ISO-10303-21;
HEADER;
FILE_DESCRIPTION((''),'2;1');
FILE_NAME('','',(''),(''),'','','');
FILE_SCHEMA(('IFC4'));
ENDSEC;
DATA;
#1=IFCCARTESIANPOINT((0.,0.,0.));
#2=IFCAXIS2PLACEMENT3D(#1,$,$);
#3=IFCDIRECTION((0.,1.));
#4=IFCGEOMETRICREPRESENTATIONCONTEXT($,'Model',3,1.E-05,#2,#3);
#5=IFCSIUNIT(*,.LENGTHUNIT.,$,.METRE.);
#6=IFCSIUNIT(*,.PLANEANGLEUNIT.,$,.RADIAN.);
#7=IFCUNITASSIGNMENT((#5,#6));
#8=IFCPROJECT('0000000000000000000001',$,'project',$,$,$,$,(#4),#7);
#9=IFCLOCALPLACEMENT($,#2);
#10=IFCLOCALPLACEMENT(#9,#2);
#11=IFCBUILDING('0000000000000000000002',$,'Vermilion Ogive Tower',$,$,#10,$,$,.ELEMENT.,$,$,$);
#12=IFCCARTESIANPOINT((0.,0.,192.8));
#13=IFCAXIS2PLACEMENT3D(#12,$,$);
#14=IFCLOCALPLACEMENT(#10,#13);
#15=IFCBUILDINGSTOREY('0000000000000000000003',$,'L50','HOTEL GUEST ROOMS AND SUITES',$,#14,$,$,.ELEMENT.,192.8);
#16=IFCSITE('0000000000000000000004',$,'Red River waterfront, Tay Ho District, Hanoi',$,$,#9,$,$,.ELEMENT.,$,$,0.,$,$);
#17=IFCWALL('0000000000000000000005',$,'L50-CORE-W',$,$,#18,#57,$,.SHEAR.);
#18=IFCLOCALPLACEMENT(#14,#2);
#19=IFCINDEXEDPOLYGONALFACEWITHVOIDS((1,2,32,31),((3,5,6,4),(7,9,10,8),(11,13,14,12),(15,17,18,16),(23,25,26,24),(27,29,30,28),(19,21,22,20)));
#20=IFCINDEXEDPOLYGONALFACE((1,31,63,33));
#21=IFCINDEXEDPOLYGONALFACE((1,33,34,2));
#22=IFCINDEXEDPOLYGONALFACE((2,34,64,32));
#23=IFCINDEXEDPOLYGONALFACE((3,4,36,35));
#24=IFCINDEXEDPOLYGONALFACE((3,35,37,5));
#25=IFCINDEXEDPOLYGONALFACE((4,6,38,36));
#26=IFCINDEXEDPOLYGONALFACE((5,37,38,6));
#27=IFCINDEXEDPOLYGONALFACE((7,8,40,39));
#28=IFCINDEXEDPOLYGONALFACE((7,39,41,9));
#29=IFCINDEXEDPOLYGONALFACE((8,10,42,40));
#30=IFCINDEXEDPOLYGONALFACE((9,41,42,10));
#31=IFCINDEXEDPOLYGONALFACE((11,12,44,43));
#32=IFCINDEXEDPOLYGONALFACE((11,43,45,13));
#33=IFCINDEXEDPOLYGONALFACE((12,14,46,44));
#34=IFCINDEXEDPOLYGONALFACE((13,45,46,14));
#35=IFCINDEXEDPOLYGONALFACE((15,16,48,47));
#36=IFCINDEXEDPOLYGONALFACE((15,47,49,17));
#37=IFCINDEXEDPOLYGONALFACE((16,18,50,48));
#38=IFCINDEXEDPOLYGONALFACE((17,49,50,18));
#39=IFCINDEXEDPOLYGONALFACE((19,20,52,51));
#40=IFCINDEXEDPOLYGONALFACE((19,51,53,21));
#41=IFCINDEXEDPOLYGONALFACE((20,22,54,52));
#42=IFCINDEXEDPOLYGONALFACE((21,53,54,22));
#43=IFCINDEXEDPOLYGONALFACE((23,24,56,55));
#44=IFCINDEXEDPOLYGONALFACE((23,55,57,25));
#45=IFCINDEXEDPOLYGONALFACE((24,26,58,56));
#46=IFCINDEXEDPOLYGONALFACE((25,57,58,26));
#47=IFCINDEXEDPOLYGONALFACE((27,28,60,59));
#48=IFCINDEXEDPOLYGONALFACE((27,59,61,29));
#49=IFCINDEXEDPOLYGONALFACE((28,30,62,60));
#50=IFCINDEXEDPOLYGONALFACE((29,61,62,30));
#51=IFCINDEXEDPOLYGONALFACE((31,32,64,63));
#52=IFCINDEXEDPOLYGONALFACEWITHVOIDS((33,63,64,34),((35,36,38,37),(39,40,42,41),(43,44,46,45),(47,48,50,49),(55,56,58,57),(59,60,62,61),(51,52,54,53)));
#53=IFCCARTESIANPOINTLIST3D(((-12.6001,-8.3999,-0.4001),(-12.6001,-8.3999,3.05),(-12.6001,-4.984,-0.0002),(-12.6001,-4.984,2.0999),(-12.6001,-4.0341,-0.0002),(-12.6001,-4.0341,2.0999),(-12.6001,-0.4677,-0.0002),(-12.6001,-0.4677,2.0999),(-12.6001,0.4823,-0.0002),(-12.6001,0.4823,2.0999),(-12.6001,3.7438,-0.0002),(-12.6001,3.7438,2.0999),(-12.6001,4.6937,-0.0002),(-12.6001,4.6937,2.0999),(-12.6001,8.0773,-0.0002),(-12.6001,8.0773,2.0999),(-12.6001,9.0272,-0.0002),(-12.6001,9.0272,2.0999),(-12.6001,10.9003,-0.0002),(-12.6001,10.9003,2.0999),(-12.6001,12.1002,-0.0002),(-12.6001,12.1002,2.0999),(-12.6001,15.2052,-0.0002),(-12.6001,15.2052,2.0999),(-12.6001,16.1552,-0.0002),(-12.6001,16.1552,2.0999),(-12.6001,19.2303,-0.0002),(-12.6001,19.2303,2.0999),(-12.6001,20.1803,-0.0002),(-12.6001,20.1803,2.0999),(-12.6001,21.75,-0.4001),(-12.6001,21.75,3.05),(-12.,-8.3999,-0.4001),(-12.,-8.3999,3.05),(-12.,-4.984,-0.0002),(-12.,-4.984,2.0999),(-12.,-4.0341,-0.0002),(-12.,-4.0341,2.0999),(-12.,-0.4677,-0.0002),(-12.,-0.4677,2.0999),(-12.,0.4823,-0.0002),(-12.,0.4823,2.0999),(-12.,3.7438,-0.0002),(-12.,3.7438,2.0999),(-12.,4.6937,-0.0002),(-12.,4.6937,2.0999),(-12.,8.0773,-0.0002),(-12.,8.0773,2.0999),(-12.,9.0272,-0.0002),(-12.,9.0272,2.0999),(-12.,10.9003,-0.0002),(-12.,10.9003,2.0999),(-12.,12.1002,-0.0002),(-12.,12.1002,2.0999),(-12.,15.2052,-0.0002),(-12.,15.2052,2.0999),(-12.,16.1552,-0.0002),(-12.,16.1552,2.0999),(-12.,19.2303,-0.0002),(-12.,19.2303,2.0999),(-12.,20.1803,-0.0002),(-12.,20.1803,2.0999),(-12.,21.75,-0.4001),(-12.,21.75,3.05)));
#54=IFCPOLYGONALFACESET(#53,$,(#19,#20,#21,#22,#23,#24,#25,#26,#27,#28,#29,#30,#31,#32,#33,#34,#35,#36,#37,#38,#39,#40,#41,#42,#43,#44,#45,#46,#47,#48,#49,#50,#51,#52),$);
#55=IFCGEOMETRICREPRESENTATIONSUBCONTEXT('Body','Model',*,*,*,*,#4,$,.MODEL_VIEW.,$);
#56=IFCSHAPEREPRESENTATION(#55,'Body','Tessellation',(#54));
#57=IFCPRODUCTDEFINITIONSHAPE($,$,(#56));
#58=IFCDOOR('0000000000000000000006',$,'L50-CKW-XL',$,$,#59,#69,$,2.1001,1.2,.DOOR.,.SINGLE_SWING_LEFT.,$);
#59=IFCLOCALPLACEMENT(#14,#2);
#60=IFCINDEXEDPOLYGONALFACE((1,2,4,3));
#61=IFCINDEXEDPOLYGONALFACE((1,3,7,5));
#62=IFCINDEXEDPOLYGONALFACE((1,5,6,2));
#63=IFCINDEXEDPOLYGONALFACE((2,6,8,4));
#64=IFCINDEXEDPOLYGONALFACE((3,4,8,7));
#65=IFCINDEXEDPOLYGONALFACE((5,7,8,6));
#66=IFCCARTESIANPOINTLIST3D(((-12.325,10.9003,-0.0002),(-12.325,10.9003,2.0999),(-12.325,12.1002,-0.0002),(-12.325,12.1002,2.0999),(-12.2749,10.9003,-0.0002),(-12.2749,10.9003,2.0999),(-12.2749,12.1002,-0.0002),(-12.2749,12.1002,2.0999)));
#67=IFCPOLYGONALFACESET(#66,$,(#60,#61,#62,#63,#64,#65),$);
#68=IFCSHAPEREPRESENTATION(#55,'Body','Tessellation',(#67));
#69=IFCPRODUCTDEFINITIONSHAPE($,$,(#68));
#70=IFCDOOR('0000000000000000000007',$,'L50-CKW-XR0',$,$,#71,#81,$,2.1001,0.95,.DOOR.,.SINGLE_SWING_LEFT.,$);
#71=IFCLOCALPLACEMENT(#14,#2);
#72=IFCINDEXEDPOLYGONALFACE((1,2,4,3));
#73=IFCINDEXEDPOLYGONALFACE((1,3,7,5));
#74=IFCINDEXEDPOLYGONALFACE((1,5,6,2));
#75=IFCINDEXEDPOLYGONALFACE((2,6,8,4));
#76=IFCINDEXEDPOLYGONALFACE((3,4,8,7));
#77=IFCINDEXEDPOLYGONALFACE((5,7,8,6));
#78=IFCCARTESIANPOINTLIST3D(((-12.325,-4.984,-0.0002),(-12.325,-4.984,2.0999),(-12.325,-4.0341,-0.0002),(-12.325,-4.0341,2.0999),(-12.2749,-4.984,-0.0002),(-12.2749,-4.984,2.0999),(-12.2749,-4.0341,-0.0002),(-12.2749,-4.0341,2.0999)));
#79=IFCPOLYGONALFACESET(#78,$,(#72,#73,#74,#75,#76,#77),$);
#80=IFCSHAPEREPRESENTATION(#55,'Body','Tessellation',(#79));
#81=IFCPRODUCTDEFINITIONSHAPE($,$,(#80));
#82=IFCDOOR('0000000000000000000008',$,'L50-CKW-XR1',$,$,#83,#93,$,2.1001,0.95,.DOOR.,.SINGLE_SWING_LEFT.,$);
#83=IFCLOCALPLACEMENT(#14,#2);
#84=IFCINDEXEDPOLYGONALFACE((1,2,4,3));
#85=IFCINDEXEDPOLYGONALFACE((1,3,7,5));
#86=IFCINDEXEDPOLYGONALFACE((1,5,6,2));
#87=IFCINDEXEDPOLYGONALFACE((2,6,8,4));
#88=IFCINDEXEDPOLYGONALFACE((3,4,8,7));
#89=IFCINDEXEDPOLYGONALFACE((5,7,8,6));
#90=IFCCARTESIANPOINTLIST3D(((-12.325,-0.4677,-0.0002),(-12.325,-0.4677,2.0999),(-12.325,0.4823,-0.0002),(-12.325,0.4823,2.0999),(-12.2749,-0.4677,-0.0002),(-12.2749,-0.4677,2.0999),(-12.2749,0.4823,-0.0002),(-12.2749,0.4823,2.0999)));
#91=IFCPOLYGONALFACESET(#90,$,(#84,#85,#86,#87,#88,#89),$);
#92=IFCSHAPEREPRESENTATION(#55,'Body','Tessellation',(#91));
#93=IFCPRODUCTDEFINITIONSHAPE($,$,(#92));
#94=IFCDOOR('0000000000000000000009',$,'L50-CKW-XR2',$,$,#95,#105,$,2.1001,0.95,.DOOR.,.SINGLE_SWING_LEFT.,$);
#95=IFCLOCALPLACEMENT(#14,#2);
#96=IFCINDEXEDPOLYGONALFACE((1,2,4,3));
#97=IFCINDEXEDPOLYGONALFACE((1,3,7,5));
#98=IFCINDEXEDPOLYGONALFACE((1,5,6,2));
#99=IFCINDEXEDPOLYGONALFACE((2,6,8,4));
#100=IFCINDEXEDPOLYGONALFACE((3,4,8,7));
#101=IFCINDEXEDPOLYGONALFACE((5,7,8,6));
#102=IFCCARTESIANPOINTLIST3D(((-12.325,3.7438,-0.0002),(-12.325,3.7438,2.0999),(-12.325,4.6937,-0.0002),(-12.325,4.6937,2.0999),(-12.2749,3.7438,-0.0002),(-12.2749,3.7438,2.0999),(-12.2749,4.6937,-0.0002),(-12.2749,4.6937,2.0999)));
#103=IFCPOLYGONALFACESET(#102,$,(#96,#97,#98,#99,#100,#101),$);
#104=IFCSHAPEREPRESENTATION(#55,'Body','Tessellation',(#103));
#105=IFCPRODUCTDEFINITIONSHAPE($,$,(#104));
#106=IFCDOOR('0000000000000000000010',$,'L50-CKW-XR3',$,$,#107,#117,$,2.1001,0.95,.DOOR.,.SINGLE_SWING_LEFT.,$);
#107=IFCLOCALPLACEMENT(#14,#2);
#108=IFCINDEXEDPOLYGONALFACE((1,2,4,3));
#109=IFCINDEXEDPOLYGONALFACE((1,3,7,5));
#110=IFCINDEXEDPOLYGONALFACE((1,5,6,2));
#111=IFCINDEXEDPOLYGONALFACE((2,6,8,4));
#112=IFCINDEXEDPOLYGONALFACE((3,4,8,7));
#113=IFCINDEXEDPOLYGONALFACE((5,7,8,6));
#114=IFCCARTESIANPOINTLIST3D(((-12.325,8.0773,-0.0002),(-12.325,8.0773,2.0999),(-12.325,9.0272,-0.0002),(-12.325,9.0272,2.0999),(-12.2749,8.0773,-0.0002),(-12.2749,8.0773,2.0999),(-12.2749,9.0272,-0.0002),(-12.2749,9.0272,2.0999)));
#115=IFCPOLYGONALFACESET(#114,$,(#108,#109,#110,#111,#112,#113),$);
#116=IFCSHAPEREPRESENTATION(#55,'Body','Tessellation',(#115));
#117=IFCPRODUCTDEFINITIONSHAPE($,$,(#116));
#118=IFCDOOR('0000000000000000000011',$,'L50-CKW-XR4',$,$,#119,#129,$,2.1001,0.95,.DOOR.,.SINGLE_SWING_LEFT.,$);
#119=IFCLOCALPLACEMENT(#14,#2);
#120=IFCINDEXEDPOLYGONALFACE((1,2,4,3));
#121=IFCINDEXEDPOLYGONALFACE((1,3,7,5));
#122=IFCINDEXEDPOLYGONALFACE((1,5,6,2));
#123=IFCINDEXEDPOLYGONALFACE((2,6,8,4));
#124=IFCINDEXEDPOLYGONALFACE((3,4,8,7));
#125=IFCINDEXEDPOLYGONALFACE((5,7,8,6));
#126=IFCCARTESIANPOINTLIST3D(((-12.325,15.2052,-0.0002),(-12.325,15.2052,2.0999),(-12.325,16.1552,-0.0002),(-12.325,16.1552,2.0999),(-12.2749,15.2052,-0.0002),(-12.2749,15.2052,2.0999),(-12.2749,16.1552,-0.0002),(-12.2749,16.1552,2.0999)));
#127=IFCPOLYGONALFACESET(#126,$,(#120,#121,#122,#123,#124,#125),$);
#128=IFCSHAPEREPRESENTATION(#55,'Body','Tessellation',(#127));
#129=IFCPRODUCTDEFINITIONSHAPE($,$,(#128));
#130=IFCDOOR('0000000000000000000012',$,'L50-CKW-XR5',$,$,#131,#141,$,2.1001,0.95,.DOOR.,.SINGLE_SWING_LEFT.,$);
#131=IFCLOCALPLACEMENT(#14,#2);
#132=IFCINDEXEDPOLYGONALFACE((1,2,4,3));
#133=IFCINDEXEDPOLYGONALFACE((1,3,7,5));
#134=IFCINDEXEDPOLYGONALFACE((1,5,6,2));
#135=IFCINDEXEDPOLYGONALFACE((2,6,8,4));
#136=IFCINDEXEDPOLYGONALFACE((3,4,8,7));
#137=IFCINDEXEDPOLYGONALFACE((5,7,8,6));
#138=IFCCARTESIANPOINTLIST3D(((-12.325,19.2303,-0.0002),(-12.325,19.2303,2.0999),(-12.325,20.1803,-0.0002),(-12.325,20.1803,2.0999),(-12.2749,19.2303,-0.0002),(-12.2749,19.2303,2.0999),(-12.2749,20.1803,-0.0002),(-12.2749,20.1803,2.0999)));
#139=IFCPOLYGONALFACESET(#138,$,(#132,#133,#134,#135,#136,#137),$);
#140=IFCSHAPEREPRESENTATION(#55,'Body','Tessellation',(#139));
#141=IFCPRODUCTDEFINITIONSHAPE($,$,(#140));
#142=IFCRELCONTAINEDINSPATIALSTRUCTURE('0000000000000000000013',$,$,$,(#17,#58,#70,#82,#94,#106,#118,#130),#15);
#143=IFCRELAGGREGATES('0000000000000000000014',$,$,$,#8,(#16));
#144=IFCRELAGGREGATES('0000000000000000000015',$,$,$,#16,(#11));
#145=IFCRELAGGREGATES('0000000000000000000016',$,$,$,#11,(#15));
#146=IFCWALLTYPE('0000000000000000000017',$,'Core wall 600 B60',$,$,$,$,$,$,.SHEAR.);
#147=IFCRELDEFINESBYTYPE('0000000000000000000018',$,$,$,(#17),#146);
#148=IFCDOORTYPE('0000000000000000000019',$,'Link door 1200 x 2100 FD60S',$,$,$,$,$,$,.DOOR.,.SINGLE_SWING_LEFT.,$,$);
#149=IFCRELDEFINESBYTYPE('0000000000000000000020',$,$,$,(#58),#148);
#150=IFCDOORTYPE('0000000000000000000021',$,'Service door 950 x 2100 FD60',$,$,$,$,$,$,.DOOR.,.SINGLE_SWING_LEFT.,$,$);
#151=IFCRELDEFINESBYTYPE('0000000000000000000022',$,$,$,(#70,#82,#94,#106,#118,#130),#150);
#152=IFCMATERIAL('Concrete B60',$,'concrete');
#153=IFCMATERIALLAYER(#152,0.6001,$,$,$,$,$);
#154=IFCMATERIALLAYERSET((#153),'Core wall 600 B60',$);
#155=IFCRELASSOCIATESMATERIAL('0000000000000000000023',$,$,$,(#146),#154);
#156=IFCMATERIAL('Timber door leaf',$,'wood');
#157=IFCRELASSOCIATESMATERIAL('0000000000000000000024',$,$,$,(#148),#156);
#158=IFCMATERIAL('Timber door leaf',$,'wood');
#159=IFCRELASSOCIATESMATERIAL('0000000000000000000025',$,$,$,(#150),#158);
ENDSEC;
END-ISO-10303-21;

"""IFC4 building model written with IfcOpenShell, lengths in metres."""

from ifc_helpers import new_model, si_unit, direction, frame, frame_2d, origin, place, context, subcontext, project, spatial, rectangle, extrude, material, layer, layer_set, type_object, element, fill, save


model = new_model("IFC4")

# Units and contexts
model_context = context("Model", 3, precision=1e-05, world=origin(), true_north=direction((0.0, 1.0)))
body_context = subcontext(model_context, "Body", "Model", "MODEL_VIEW")
ifc_project = project(units=[si_unit("LENGTHUNIT", "METRE"), si_unit("PLANEANGLEUNIT", "RADIAN")], contexts=[model_context])

# Site, building, storey
site_placement = place(None, origin())
site = spatial("IfcSite", under=ifc_project, at=site_placement, Name="Red River waterfront, Tay Ho District, Hanoi", CompositionType="ELEMENT", RefElevation=0.0)
building_placement = place(site_placement, origin())
building = spatial("IfcBuilding", under=site, at=building_placement, Name="Vermilion Ogive Tower", CompositionType="ELEMENT")
storey_placement = place(building_placement, frame((0.0, 0.0, 192.8)))
storey = spatial("IfcBuildingStorey", under=building, at=storey_placement, Name="L50", Description="HOTEL GUEST ROOMS AND SUITES", CompositionType="ELEMENT", Elevation=192.8)

# Wall, openings, doors
ifc_material_1 = material(Name="Concrete B60", Category="concrete")
ifc_layer_1 = layer(ifc_material_1, 0.6001)
ifc_layer_set_1 = layer_set([ifc_layer_1], Name="Core wall 600 B60")
wall_type_1 = type_object("IfcWallType", Name="Core wall 600 B60", PredefinedType="SHEAR", material=ifc_layer_set_1)
wall_1_placement = place(storey_placement, frame((-12.3, -8.3999, -0.4001), z_axis=(0.0, 0.0, 1.0), x_axis=(0.0, 1.0, 0.0)))
wall_1 = element("IfcWall", 1, at=wall_1_placement, inside=storey, type_object=wall_type_1, Name="L50-CORE-W", PredefinedType="SHEAR", context=body_context, shape_type="SweptSolid", body=[
    extrude(rectangle(XDim=30.1499, YDim=0.6001, at=frame_2d((15.075, 0.0))), origin(), (0.0, 0.0, 1.0), 3.4502),
])
opening_1_placement = place(wall_1_placement, frame((3.4158, 0.0, 0.3999)))
opening_1 = element("IfcOpeningElement", 2, at=opening_1_placement, cuts=wall_1, PredefinedType="OPENING", context=body_context, shape_type="SweptSolid", body=[
    extrude(rectangle(XDim=0.95, YDim=2.1001, at=frame_2d((0.4751, 1.05))), frame((0.0, 0.3101, 0.0), z_axis=(0.0, -1.0, 0.0), x_axis=(1.0, 0.0, 0.0)), (0.0, 0.0, 1.0), 0.6201),
])
opening_2_placement = place(wall_1_placement, frame((7.9321, 0.0, 0.3999)))
opening_2 = element("IfcOpeningElement", 3, at=opening_2_placement, cuts=wall_1, PredefinedType="OPENING", context=body_context, shape_type="SweptSolid", body=[
    extrude(rectangle(XDim=0.95, YDim=2.1001, at=frame_2d((0.4751, 1.05))), frame((0.0, 0.3101, 0.0), z_axis=(0.0, -1.0, 0.0), x_axis=(1.0, 0.0, 0.0)), (0.0, 0.0, 1.0), 0.6201),
])
opening_3_placement = place(wall_1_placement, frame((12.1436, 0.0, 0.3999)))
opening_3 = element("IfcOpeningElement", 4, at=opening_3_placement, cuts=wall_1, PredefinedType="OPENING", context=body_context, shape_type="SweptSolid", body=[
    extrude(rectangle(XDim=0.95, YDim=2.1001, at=frame_2d((0.4751, 1.05))), frame((0.0, 0.3101, 0.0), z_axis=(0.0, -1.0, 0.0), x_axis=(1.0, 0.0, 0.0)), (0.0, 0.0, 1.0), 0.6201),
])
opening_4_placement = place(wall_1_placement, frame((16.4771, 0.0, 0.3999)))
opening_4 = element("IfcOpeningElement", 5, at=opening_4_placement, cuts=wall_1, PredefinedType="OPENING", context=body_context, shape_type="SweptSolid", body=[
    extrude(rectangle(XDim=0.95, YDim=2.1001, at=frame_2d((0.4751, 1.05))), frame((0.0, 0.3101, 0.0), z_axis=(0.0, -1.0, 0.0), x_axis=(1.0, 0.0, 0.0)), (0.0, 0.0, 1.0), 0.6201),
])
opening_5_placement = place(wall_1_placement, frame((23.605, 0.0, 0.3999)))
opening_5 = element("IfcOpeningElement", 6, at=opening_5_placement, cuts=wall_1, PredefinedType="OPENING", context=body_context, shape_type="SweptSolid", body=[
    extrude(rectangle(XDim=0.95, YDim=2.1001, at=frame_2d((0.4751, 1.05))), frame((0.0, 0.3101, 0.0), z_axis=(0.0, -1.0, 0.0), x_axis=(1.0, 0.0, 0.0)), (0.0, 0.0, 1.0), 0.6201),
])
opening_6_placement = place(wall_1_placement, frame((27.6301, 0.0, 0.3999)))
opening_6 = element("IfcOpeningElement", 7, at=opening_6_placement, cuts=wall_1, PredefinedType="OPENING", context=body_context, shape_type="SweptSolid", body=[
    extrude(rectangle(XDim=0.95, YDim=2.1001, at=frame_2d((0.4751, 1.05))), frame((0.0, 0.3101, 0.0), z_axis=(0.0, -1.0, 0.0), x_axis=(1.0, 0.0, 0.0)), (0.0, 0.0, 1.0), 0.6201),
])
opening_7_placement = place(wall_1_placement, frame((19.3, 0.0, 0.3999)))
opening_7 = element("IfcOpeningElement", 8, at=opening_7_placement, cuts=wall_1, PredefinedType="OPENING", context=body_context, shape_type="SweptSolid", body=[
    extrude(rectangle(XDim=1.2, YDim=2.1001, at=frame_2d((0.6001, 1.05))), frame((0.0, 0.3101, 0.0), z_axis=(0.0, -1.0, 0.0), x_axis=(1.0, 0.0, 0.0)), (0.0, 0.0, 1.0), 0.6201),
])
ifc_material_2 = material(Name="Timber door leaf", Category="wood")
door_type_1 = type_object("IfcDoorType", Name="Link door 1200 x 2100 FD60S", OperationType="SINGLE_SWING_LEFT", PredefinedType="DOOR", material=ifc_material_2)
door_1_placement = place(opening_7_placement, origin())
door_1 = element("IfcDoor", 9, at=door_1_placement, inside=storey, type_object=door_type_1, Name="L50-CKW-XL", OperationType="SINGLE_SWING_LEFT", OverallHeight=2.1001, OverallWidth=1.2, PredefinedType="DOOR", context=body_context, shape_type="SweptSolid", body=[
    extrude(rectangle(XDim=1.2, YDim=2.1001, at=frame_2d((0.6001, 1.05))), frame((0.0, 0.0249, 0.0), z_axis=(0.0, -1.0, 0.0), x_axis=(1.0, 0.0, 0.0)), (0.0, 0.0, 1.0), 0.05),
])
fill(opening_7, door_1)
ifc_material_3 = material(Name="Timber door leaf", Category="wood")
door_type_2 = type_object("IfcDoorType", Name="Service door 950 x 2100 FD60", OperationType="SINGLE_SWING_LEFT", PredefinedType="DOOR", material=ifc_material_3)
door_2_placement = place(opening_1_placement, origin())
door_2 = element("IfcDoor", 10, at=door_2_placement, inside=storey, type_object=door_type_2, Name="L50-CKW-XR0", OperationType="SINGLE_SWING_LEFT", OverallHeight=2.1001, OverallWidth=0.95, PredefinedType="DOOR", context=body_context, shape_type="SweptSolid", body=[
    extrude(rectangle(XDim=0.95, YDim=2.1001, at=frame_2d((0.4751, 1.05))), frame((0.0, 0.0249, 0.0), z_axis=(0.0, -1.0, 0.0), x_axis=(1.0, 0.0, 0.0)), (0.0, 0.0, 1.0), 0.05),
])
fill(opening_1, door_2)
door_3_placement = place(opening_2_placement, origin())
door_3 = element("IfcDoor", 11, at=door_3_placement, inside=storey, type_object=door_type_2, Name="L50-CKW-XR1", OperationType="SINGLE_SWING_LEFT", OverallHeight=2.1001, OverallWidth=0.95, PredefinedType="DOOR", context=body_context, shape_type="SweptSolid", body=[
    extrude(rectangle(XDim=0.95, YDim=2.1001, at=frame_2d((0.4751, 1.05))), frame((0.0, 0.0249, 0.0), z_axis=(0.0, -1.0, 0.0), x_axis=(1.0, 0.0, 0.0)), (0.0, 0.0, 1.0), 0.05),
])
fill(opening_2, door_3)
door_4_placement = place(opening_3_placement, origin())
door_4 = element("IfcDoor", 12, at=door_4_placement, inside=storey, type_object=door_type_2, Name="L50-CKW-XR2", OperationType="SINGLE_SWING_LEFT", OverallHeight=2.1001, OverallWidth=0.95, PredefinedType="DOOR", context=body_context, shape_type="SweptSolid", body=[
    extrude(rectangle(XDim=0.95, YDim=2.1001, at=frame_2d((0.4751, 1.05))), frame((0.0, 0.0249, 0.0), z_axis=(0.0, -1.0, 0.0), x_axis=(1.0, 0.0, 0.0)), (0.0, 0.0, 1.0), 0.05),
])
fill(opening_3, door_4)
door_5_placement = place(opening_4_placement, origin())
door_5 = element("IfcDoor", 13, at=door_5_placement, inside=storey, type_object=door_type_2, Name="L50-CKW-XR3", OperationType="SINGLE_SWING_LEFT", OverallHeight=2.1001, OverallWidth=0.95, PredefinedType="DOOR", context=body_context, shape_type="SweptSolid", body=[
    extrude(rectangle(XDim=0.95, YDim=2.1001, at=frame_2d((0.4751, 1.05))), frame((0.0, 0.0249, 0.0), z_axis=(0.0, -1.0, 0.0), x_axis=(1.0, 0.0, 0.0)), (0.0, 0.0, 1.0), 0.05),
])
fill(opening_4, door_5)
door_6_placement = place(opening_5_placement, origin())
door_6 = element("IfcDoor", 14, at=door_6_placement, inside=storey, type_object=door_type_2, Name="L50-CKW-XR4", OperationType="SINGLE_SWING_LEFT", OverallHeight=2.1001, OverallWidth=0.95, PredefinedType="DOOR", context=body_context, shape_type="SweptSolid", body=[
    extrude(rectangle(XDim=0.95, YDim=2.1001, at=frame_2d((0.4751, 1.05))), frame((0.0, 0.0249, 0.0), z_axis=(0.0, -1.0, 0.0), x_axis=(1.0, 0.0, 0.0)), (0.0, 0.0, 1.0), 0.05),
])
fill(opening_5, door_6)
door_7_placement = place(opening_6_placement, origin())
door_7 = element("IfcDoor", 15, at=door_7_placement, inside=storey, type_object=door_type_2, Name="L50-CKW-XR5", OperationType="SINGLE_SWING_LEFT", OverallHeight=2.1001, OverallWidth=0.95, PredefinedType="DOOR", context=body_context, shape_type="SweptSolid", body=[
    extrude(rectangle(XDim=0.95, YDim=2.1001, at=frame_2d((0.4751, 1.05))), frame((0.0, 0.0249, 0.0), z_axis=(0.0, -1.0, 0.0), x_axis=(1.0, 0.0, 0.0)), (0.0, 0.0, 1.0), 0.05),
])
fill(opening_6, door_7)

save(model, "model.ifc")
